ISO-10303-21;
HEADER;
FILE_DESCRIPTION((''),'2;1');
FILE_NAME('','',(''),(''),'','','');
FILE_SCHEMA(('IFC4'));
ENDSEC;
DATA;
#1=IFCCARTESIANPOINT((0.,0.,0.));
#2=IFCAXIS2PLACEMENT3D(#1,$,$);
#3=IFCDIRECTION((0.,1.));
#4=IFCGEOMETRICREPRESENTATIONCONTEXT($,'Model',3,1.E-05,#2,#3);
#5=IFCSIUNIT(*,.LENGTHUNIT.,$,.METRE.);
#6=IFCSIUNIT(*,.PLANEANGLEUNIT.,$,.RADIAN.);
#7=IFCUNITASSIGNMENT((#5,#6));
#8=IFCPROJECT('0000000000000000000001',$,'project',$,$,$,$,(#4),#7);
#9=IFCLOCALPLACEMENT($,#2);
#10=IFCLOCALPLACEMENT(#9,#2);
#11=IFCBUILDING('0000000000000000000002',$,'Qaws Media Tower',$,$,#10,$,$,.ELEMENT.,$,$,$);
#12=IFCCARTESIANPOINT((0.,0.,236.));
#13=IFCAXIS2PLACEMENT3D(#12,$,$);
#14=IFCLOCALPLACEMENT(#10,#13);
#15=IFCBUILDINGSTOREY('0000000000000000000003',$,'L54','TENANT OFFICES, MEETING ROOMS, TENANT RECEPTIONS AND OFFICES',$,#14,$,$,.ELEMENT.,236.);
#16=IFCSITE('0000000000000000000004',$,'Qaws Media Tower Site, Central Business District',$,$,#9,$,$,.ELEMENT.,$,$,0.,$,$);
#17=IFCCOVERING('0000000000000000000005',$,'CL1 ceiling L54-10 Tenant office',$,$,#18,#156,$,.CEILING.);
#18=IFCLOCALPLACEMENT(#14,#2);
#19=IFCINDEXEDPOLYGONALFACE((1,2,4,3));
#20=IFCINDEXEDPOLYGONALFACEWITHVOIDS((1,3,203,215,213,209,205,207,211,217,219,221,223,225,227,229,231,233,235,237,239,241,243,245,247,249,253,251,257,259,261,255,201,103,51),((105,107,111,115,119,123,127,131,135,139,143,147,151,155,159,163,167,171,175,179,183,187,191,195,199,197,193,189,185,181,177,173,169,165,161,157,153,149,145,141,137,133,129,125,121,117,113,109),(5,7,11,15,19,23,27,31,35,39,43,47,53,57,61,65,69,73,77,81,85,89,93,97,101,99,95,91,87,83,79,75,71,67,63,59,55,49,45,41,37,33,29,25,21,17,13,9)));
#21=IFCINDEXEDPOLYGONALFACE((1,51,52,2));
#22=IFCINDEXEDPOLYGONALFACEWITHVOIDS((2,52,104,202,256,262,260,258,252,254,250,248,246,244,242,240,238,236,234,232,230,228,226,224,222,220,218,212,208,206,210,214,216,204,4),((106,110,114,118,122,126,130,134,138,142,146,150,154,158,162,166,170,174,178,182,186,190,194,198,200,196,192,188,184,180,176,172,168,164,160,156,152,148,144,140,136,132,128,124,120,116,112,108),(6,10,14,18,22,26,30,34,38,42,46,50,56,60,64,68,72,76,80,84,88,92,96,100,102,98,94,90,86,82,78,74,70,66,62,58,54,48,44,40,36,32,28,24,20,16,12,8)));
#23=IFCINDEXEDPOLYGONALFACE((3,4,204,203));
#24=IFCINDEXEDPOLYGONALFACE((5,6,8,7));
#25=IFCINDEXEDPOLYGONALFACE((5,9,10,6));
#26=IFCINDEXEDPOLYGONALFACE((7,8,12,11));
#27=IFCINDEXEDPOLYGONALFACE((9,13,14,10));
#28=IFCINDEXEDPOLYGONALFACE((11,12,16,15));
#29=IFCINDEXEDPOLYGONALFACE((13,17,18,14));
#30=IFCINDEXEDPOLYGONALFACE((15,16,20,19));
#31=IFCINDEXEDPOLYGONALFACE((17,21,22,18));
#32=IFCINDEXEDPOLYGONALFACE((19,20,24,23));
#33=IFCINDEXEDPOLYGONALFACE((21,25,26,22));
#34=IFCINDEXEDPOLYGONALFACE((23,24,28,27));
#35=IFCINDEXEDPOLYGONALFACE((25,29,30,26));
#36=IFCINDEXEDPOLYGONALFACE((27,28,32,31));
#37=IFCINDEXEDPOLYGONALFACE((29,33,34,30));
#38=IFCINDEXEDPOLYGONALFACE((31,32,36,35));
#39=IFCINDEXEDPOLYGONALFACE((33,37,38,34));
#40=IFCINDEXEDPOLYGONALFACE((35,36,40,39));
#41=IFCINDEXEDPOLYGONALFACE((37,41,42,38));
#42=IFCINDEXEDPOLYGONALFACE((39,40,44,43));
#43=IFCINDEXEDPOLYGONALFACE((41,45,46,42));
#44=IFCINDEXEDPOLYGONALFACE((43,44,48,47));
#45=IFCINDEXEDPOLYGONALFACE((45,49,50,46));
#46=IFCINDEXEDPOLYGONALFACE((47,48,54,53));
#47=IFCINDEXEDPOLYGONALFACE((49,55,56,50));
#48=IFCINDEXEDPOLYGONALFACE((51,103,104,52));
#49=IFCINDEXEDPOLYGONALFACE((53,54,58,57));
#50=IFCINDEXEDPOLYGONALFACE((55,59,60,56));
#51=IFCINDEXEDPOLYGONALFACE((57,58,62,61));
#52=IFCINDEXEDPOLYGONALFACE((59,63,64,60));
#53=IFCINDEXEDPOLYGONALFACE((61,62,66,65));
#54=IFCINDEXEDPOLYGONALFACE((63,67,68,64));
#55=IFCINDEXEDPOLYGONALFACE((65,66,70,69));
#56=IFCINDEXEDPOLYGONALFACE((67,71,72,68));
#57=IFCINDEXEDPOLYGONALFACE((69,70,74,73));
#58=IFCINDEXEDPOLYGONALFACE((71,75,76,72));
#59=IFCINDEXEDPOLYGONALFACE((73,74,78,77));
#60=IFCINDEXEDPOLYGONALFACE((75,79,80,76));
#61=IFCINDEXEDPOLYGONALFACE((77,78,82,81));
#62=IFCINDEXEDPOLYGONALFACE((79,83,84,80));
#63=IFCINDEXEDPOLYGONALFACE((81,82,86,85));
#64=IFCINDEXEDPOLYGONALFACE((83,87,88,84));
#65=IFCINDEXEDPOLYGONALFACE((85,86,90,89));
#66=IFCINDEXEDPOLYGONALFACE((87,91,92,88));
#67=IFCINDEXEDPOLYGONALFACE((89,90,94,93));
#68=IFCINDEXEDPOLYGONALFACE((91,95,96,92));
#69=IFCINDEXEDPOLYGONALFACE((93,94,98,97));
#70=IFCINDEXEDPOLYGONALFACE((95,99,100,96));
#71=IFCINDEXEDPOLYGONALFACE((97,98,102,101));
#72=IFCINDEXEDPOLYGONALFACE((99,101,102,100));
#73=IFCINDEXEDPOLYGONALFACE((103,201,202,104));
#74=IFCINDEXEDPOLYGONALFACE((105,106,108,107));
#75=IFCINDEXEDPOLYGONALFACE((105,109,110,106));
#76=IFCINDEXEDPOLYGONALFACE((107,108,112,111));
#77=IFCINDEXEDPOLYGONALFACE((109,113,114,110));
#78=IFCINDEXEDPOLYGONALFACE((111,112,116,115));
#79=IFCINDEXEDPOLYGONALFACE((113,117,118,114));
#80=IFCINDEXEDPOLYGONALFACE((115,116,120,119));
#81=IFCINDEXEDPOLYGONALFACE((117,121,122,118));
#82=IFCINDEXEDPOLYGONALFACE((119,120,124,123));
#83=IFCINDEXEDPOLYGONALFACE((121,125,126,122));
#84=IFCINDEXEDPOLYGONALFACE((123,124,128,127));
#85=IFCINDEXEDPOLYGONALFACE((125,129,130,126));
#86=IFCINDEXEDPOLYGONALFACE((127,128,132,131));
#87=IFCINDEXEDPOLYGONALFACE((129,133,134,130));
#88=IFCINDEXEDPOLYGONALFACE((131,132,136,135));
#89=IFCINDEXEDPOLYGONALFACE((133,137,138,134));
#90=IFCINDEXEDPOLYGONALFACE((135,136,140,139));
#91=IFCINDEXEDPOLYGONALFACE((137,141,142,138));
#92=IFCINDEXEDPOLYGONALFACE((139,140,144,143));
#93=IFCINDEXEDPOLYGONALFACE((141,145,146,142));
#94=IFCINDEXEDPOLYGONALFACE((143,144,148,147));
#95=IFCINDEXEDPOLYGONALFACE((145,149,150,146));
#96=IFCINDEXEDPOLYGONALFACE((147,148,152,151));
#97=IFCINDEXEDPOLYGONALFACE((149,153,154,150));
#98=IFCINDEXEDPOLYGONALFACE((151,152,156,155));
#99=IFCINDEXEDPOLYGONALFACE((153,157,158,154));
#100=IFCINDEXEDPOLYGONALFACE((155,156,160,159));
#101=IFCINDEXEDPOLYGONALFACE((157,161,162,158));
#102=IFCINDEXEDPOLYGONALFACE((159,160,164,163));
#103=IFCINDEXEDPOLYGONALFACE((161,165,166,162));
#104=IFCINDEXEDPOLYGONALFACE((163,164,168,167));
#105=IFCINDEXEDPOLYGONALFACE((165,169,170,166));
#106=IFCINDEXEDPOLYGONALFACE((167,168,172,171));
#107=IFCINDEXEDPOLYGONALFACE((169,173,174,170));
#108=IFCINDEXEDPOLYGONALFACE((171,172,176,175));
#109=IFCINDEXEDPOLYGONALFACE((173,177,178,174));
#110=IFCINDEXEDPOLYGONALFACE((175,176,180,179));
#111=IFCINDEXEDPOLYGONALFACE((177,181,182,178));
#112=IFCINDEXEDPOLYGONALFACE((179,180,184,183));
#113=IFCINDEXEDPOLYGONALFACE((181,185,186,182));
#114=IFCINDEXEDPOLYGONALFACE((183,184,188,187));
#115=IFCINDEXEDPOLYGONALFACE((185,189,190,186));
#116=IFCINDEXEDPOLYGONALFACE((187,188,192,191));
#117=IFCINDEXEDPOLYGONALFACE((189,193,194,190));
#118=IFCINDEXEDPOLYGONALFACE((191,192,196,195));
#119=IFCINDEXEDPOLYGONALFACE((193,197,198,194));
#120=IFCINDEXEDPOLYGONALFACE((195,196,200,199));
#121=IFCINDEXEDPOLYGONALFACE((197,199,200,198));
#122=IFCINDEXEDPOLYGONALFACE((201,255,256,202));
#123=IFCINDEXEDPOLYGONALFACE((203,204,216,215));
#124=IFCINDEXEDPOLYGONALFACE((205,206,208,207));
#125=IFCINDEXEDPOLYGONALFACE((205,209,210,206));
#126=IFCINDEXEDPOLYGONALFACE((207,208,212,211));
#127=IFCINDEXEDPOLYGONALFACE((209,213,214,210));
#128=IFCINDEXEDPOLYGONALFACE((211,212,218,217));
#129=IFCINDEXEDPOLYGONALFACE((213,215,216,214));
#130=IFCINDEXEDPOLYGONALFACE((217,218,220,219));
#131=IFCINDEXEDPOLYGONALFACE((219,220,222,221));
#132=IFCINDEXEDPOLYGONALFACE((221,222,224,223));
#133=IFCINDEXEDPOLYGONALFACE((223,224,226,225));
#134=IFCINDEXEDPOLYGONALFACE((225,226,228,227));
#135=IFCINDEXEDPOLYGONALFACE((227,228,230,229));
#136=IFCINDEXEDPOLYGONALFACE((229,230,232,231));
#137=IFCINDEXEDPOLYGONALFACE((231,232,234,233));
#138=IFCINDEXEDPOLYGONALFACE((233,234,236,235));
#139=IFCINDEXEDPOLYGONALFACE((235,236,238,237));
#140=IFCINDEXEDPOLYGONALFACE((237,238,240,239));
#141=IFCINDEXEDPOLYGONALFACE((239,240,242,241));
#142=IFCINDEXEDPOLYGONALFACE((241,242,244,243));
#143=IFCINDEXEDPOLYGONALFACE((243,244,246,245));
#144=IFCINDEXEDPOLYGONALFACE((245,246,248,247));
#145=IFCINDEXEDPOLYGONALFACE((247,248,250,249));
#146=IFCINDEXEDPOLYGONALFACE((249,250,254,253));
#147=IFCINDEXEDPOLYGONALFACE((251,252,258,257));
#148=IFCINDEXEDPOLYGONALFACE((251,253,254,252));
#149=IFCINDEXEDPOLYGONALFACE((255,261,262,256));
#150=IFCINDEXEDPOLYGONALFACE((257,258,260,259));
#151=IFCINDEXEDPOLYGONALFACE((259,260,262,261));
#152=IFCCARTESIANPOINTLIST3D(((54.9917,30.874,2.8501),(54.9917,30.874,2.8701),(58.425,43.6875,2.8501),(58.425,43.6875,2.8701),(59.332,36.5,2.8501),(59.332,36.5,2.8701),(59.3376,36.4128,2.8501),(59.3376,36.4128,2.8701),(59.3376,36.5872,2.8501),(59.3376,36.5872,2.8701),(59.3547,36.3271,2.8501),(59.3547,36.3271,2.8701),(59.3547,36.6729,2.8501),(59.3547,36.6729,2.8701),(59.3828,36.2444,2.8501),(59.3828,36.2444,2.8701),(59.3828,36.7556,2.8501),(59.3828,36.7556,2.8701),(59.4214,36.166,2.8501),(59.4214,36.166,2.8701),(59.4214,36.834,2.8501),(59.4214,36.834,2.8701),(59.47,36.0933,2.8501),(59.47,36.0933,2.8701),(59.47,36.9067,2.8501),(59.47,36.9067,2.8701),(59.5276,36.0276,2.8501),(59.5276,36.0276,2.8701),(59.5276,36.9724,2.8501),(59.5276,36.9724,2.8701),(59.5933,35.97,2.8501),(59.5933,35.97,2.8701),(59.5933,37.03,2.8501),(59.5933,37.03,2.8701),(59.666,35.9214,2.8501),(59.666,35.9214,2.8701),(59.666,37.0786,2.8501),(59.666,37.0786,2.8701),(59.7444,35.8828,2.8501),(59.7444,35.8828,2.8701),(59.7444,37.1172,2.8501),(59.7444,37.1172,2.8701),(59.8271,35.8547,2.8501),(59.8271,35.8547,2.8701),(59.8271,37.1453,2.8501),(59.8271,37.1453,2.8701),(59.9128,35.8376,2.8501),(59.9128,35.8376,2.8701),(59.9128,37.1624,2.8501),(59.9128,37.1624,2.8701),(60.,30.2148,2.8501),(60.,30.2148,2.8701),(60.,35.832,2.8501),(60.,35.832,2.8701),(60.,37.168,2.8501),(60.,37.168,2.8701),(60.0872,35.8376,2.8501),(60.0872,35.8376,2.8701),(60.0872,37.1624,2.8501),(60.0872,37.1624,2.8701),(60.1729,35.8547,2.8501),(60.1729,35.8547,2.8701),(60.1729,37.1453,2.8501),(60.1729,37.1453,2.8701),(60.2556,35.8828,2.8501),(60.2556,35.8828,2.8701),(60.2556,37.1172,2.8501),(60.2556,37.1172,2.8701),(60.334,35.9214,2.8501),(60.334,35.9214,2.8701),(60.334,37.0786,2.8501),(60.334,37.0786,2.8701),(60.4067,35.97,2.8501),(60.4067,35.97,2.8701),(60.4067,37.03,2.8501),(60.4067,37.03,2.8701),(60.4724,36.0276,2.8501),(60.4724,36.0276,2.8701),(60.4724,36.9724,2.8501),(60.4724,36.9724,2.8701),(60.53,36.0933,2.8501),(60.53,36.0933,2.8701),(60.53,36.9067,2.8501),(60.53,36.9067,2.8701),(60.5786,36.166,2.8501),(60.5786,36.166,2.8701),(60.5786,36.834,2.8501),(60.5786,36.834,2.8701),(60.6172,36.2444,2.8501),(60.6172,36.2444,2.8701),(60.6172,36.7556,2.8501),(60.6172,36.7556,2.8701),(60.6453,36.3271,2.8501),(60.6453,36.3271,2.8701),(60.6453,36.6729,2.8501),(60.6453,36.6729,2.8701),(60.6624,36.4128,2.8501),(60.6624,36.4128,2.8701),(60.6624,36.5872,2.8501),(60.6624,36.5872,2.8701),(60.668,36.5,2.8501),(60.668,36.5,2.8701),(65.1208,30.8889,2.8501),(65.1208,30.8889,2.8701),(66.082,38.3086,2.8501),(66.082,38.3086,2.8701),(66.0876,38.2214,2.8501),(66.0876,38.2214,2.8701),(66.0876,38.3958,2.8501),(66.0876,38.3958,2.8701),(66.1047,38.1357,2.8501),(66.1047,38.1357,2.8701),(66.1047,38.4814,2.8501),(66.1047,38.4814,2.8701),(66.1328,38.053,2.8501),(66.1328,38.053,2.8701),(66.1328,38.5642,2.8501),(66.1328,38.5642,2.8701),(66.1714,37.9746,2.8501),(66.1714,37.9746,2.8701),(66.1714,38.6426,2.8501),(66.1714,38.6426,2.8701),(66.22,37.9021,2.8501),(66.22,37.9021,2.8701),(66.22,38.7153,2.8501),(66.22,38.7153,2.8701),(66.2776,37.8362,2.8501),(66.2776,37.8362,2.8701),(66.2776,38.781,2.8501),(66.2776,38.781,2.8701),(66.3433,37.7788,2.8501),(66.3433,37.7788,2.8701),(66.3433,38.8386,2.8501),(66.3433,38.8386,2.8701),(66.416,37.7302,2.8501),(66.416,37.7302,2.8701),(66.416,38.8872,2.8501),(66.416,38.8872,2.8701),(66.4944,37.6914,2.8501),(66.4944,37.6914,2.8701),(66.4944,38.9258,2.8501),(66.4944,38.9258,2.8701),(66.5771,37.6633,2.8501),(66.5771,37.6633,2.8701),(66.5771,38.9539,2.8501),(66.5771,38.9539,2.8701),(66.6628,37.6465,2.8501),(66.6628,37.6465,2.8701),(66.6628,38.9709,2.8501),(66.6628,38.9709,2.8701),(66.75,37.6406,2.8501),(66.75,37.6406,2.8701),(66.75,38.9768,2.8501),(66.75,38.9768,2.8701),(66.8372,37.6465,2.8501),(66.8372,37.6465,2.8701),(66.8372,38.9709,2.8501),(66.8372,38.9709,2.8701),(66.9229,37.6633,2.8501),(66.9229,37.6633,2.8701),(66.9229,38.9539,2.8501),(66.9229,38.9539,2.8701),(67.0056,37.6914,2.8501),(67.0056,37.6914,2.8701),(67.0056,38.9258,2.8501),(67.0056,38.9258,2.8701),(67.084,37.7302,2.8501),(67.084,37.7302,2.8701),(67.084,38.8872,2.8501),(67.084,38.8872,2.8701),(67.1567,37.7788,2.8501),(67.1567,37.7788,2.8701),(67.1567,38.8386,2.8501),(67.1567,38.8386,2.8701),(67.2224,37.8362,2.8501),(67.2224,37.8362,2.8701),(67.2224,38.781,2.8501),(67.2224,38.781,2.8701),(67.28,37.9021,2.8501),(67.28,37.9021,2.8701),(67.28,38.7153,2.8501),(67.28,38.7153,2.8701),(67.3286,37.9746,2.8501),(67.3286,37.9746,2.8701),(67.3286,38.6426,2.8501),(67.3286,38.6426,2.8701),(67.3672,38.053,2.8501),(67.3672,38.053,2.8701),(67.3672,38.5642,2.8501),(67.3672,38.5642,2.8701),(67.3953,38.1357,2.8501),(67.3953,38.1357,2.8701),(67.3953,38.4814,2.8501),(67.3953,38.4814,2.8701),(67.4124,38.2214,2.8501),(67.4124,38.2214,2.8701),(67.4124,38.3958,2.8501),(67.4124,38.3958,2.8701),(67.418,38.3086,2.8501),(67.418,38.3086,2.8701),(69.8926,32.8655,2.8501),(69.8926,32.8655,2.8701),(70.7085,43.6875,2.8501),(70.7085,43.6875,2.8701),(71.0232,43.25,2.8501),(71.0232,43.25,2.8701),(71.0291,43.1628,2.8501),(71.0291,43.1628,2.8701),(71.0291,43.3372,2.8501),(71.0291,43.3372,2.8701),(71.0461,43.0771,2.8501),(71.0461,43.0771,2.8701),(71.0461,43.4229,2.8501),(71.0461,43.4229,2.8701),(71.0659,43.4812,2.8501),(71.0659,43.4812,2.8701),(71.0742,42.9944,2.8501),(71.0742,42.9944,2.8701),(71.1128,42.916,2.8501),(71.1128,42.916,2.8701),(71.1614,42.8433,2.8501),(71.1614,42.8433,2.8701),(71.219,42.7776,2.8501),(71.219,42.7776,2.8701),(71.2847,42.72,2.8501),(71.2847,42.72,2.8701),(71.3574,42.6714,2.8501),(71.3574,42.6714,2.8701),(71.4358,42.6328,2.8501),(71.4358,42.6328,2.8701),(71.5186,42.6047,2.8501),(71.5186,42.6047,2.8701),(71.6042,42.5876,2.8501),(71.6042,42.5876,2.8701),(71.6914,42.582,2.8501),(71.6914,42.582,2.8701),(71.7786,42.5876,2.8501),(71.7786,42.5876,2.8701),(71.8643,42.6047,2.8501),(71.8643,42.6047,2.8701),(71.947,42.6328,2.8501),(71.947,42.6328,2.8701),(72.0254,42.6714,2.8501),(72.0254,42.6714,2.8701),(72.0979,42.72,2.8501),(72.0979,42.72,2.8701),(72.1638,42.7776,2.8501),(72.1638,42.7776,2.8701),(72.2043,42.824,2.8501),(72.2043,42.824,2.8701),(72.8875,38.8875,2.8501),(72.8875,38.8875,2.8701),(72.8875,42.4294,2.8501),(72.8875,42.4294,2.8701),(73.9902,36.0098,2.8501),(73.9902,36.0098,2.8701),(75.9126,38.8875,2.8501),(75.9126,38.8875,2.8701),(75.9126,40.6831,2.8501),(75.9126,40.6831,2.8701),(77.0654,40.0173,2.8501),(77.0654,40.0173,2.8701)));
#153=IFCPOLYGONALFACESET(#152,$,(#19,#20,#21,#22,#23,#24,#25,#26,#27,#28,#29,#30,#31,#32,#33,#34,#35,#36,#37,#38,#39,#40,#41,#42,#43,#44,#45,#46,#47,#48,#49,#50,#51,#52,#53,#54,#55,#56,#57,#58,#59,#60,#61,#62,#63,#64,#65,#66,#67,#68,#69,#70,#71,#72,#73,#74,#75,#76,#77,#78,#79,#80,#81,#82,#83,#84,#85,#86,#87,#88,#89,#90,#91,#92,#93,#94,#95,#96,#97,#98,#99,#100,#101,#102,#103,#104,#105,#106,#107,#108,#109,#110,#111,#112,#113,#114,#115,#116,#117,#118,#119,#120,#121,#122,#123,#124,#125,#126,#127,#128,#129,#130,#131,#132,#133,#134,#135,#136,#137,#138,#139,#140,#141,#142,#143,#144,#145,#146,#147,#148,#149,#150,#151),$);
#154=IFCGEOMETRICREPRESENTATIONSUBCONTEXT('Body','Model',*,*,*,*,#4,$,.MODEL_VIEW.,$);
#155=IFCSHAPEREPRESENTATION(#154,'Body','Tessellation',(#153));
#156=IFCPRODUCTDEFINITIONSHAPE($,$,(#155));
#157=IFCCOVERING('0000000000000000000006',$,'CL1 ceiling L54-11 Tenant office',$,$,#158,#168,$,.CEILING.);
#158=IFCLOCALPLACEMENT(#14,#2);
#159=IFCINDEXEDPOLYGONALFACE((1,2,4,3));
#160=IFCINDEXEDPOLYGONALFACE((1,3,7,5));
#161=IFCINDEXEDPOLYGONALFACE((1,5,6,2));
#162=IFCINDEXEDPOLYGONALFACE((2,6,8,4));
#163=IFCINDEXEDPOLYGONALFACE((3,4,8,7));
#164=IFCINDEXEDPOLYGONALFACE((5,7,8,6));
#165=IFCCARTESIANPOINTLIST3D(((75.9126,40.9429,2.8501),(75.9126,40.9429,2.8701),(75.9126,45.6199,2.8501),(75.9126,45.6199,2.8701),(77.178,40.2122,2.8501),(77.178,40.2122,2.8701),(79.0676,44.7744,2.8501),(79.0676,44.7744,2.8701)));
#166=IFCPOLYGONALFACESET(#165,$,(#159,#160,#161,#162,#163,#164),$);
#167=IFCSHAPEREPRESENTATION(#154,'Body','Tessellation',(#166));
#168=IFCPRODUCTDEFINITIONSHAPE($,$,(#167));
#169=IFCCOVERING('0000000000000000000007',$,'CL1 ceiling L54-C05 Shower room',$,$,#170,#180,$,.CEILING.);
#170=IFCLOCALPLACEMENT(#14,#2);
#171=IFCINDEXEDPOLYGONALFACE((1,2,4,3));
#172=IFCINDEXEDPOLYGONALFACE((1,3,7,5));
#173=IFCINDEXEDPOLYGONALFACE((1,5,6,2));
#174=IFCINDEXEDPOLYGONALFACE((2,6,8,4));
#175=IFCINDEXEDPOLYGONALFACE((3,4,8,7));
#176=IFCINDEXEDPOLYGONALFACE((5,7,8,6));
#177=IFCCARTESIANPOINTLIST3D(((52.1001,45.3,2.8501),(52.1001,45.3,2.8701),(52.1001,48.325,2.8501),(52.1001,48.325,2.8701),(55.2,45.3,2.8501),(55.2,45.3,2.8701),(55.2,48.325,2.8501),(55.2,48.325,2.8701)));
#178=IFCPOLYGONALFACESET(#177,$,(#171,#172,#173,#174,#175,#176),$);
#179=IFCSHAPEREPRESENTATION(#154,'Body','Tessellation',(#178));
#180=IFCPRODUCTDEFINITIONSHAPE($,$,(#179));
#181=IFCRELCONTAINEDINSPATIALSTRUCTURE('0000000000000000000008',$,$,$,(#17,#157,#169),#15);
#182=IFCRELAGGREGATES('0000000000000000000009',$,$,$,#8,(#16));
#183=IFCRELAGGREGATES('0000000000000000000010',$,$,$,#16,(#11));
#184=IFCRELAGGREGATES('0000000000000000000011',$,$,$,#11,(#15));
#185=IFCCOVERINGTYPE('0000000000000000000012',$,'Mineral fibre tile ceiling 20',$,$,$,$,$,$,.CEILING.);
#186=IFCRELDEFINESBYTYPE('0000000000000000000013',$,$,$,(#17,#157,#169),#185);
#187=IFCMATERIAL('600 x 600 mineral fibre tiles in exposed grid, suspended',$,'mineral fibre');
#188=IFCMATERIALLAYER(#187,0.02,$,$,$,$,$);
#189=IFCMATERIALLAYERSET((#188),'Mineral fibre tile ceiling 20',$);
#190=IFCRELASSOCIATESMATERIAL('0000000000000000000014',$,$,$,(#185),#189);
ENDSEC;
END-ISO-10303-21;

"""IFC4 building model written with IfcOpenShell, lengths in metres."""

from ifc_helpers import new_model, si_unit, direction, frame, origin, place, context, subcontext, project, spatial, polyline, outline, extrude, material, layer, layer_set, type_object, element, save


model = new_model("IFC4")

# Units and contexts
model_context = context("Model", 3, precision=1e-05, world=origin(), true_north=direction((0.0, 1.0)))
body_context = subcontext(model_context, "Body", "Model", "MODEL_VIEW")
ifc_project = project(units=[si_unit("LENGTHUNIT", "METRE"), si_unit("PLANEANGLEUNIT", "RADIAN")], contexts=[model_context])

# Site, building, storey
site_placement = place(None, origin())
site = spatial("IfcSite", under=ifc_project, at=site_placement, Name="Qaws Media Tower Site, Central Business District", CompositionType="ELEMENT", RefElevation=0.0)
building_placement = place(site_placement, origin())
building = spatial("IfcBuilding", under=site, at=building_placement, Name="Qaws Media Tower", CompositionType="ELEMENT")
storey_placement = place(building_placement, frame((0.0, 0.0, 236.0)))
storey = spatial("IfcBuildingStorey", under=building, at=storey_placement, Name="L54", Description="TENANT OFFICES, MEETING ROOMS, TENANT RECEPTIONS AND OFFICES", CompositionType="ELEMENT", Elevation=236.0)

# Coverings
ifc_material_1 = material(Name="600 x 600 mineral fibre tiles in exposed grid, suspended", Category="mineral fibre")
ifc_layer_1 = layer(ifc_material_1, 0.02)
ifc_layer_set_1 = layer_set([ifc_layer_1], Name="Mineral fibre tile ceiling 20")
covering_type_1 = type_object("IfcCoveringType", Name="Mineral fibre tile ceiling 20", PredefinedType="CEILING", material=ifc_layer_set_1)
covering_1_placement = place(storey_placement, frame((0.0, 0.0, 2.8501)))
element("IfcCovering", 1, at=covering_1_placement, inside=storey, type_object=covering_type_1, Name="CL1 ceiling L54-10 Tenant office", PredefinedType="CEILING", context=body_context, shape_type="SweptSolid", body=[
    extrude(outline(polyline([(72.8875, 38.8875), (75.9126, 38.8875), (75.9126, 40.6831), (77.0654, 40.0173), (73.9902, 36.0098), (69.8926, 32.8655), (65.1208, 30.8889), (60.0, 30.2148), (54.9917, 30.874), (58.425, 43.6875), (70.7085, 43.6875), (71.0659, 43.4812), (71.0461, 43.4229), (71.0291, 43.3372), (71.0232, 43.25), (71.0291, 43.1628), (71.0461, 43.0771), (71.0742, 42.9944), (71.1128, 42.916), (71.1614, 42.8433), (71.219, 42.7776), (71.2847, 42.72), (71.3574, 42.6714), (71.4358, 42.6328), (71.5186, 42.6047), (71.6042, 42.5876), (71.6914, 42.582), (71.7786, 42.5876), (71.8643, 42.6047), (71.947, 42.6328), (72.0254, 42.6714), (72.0979, 42.72), (72.1638, 42.7776), (72.2043, 42.824), (72.8875, 42.4294), (72.8875, 38.8875)]), holes=[polyline([(60.6453, 36.3271), (60.6624, 36.4128), (60.668, 36.5), (60.6624, 36.5872), (60.6453, 36.6729), (60.6172, 36.7556), (60.5786, 36.834), (60.53, 36.9067), (60.4724, 36.9724), (60.4067, 37.03), (60.334, 37.0786), (60.2556, 37.1172), (60.1729, 37.1453), (60.0872, 37.1624), (60.0, 37.168), (59.9128, 37.1624), (59.8271, 37.1453), (59.7444, 37.1172), (59.666, 37.0786), (59.5933, 37.03), (59.5276, 36.9724), (59.47, 36.9067), (59.4214, 36.834), (59.3828, 36.7556), (59.3547, 36.6729), (59.3376, 36.5872), (59.332, 36.5), (59.3376, 36.4128), (59.3547, 36.3271), (59.3828, 36.2444), (59.4214, 36.166), (59.47, 36.0933), (59.5276, 36.0276), (59.5933, 35.97), (59.666, 35.9214), (59.7444, 35.8828), (59.8271, 35.8547), (59.9128, 35.8376), (60.0, 35.832), (60.0872, 35.8376), (60.1729, 35.8547), (60.2556, 35.8828), (60.334, 35.9214), (60.4067, 35.97), (60.4724, 36.0276), (60.53, 36.0933), (60.5786, 36.166), (60.6172, 36.2444), (60.6453, 36.3271)]), polyline([(67.3672, 38.053), (67.3953, 38.1357), (67.4124, 38.2214), (67.418, 38.3086), (67.4124, 38.3958), (67.3953, 38.4814), (67.3672, 38.5642), (67.3286, 38.6426), (67.28, 38.7153), (67.2224, 38.781), (67.1567, 38.8386), (67.084, 38.8872), (67.0056, 38.9258), (66.9229, 38.9539), (66.8372, 38.9709), (66.75, 38.9768), (66.6628, 38.9709), (66.5771, 38.9539), (66.4944, 38.9258), (66.416, 38.8872), (66.3433, 38.8386), (66.2776, 38.781), (66.22, 38.7153), (66.1714, 38.6426), (66.1328, 38.5642), (66.1047, 38.4814), (66.0876, 38.3958), (66.082, 38.3086), (66.0876, 38.2214), (66.1047, 38.1357), (66.1328, 38.053), (66.1714, 37.9746), (66.22, 37.9021), (66.2776, 37.8362), (66.3433, 37.7788), (66.416, 37.7302), (66.4944, 37.6914), (66.5771, 37.6633), (66.6628, 37.6465), (66.75, 37.6406), (66.8372, 37.6465), (66.9229, 37.6633), (67.0056, 37.6914), (67.084, 37.7302), (67.1567, 37.7788), (67.2224, 37.8362), (67.28, 37.9021), (67.3286, 37.9746), (67.3672, 38.053)])]), origin(), (0.0, 0.0, 1.0), 0.02),
])
covering_2_placement = place(storey_placement, frame((0.0, 0.0, 2.8501)))
element("IfcCovering", 2, at=covering_2_placement, inside=storey, type_object=covering_type_1, Name="CL1 ceiling L54-11 Tenant office", PredefinedType="CEILING", context=body_context, shape_type="SweptSolid", body=[
    extrude(outline(polyline([(77.178, 40.2122), (75.9126, 40.9429), (75.9126, 45.6199), (79.0676, 44.7744), (77.178, 40.2122)])), origin(), (0.0, 0.0, 1.0), 0.02),
])
covering_3_placement = place(storey_placement, frame((0.0, 0.0, 2.8501)))
element("IfcCovering", 3, at=covering_3_placement, inside=storey, type_object=covering_type_1, Name="CL1 ceiling L54-C05 Shower room", PredefinedType="CEILING", context=body_context, shape_type="SweptSolid", body=[
    extrude(outline(polyline([(52.1001, 45.3), (52.1001, 48.325), (55.2, 48.325), (55.2, 45.3), (52.1001, 45.3)])), origin(), (0.0, 0.0, 1.0), 0.02),
])

save(model, "model.ifc")
